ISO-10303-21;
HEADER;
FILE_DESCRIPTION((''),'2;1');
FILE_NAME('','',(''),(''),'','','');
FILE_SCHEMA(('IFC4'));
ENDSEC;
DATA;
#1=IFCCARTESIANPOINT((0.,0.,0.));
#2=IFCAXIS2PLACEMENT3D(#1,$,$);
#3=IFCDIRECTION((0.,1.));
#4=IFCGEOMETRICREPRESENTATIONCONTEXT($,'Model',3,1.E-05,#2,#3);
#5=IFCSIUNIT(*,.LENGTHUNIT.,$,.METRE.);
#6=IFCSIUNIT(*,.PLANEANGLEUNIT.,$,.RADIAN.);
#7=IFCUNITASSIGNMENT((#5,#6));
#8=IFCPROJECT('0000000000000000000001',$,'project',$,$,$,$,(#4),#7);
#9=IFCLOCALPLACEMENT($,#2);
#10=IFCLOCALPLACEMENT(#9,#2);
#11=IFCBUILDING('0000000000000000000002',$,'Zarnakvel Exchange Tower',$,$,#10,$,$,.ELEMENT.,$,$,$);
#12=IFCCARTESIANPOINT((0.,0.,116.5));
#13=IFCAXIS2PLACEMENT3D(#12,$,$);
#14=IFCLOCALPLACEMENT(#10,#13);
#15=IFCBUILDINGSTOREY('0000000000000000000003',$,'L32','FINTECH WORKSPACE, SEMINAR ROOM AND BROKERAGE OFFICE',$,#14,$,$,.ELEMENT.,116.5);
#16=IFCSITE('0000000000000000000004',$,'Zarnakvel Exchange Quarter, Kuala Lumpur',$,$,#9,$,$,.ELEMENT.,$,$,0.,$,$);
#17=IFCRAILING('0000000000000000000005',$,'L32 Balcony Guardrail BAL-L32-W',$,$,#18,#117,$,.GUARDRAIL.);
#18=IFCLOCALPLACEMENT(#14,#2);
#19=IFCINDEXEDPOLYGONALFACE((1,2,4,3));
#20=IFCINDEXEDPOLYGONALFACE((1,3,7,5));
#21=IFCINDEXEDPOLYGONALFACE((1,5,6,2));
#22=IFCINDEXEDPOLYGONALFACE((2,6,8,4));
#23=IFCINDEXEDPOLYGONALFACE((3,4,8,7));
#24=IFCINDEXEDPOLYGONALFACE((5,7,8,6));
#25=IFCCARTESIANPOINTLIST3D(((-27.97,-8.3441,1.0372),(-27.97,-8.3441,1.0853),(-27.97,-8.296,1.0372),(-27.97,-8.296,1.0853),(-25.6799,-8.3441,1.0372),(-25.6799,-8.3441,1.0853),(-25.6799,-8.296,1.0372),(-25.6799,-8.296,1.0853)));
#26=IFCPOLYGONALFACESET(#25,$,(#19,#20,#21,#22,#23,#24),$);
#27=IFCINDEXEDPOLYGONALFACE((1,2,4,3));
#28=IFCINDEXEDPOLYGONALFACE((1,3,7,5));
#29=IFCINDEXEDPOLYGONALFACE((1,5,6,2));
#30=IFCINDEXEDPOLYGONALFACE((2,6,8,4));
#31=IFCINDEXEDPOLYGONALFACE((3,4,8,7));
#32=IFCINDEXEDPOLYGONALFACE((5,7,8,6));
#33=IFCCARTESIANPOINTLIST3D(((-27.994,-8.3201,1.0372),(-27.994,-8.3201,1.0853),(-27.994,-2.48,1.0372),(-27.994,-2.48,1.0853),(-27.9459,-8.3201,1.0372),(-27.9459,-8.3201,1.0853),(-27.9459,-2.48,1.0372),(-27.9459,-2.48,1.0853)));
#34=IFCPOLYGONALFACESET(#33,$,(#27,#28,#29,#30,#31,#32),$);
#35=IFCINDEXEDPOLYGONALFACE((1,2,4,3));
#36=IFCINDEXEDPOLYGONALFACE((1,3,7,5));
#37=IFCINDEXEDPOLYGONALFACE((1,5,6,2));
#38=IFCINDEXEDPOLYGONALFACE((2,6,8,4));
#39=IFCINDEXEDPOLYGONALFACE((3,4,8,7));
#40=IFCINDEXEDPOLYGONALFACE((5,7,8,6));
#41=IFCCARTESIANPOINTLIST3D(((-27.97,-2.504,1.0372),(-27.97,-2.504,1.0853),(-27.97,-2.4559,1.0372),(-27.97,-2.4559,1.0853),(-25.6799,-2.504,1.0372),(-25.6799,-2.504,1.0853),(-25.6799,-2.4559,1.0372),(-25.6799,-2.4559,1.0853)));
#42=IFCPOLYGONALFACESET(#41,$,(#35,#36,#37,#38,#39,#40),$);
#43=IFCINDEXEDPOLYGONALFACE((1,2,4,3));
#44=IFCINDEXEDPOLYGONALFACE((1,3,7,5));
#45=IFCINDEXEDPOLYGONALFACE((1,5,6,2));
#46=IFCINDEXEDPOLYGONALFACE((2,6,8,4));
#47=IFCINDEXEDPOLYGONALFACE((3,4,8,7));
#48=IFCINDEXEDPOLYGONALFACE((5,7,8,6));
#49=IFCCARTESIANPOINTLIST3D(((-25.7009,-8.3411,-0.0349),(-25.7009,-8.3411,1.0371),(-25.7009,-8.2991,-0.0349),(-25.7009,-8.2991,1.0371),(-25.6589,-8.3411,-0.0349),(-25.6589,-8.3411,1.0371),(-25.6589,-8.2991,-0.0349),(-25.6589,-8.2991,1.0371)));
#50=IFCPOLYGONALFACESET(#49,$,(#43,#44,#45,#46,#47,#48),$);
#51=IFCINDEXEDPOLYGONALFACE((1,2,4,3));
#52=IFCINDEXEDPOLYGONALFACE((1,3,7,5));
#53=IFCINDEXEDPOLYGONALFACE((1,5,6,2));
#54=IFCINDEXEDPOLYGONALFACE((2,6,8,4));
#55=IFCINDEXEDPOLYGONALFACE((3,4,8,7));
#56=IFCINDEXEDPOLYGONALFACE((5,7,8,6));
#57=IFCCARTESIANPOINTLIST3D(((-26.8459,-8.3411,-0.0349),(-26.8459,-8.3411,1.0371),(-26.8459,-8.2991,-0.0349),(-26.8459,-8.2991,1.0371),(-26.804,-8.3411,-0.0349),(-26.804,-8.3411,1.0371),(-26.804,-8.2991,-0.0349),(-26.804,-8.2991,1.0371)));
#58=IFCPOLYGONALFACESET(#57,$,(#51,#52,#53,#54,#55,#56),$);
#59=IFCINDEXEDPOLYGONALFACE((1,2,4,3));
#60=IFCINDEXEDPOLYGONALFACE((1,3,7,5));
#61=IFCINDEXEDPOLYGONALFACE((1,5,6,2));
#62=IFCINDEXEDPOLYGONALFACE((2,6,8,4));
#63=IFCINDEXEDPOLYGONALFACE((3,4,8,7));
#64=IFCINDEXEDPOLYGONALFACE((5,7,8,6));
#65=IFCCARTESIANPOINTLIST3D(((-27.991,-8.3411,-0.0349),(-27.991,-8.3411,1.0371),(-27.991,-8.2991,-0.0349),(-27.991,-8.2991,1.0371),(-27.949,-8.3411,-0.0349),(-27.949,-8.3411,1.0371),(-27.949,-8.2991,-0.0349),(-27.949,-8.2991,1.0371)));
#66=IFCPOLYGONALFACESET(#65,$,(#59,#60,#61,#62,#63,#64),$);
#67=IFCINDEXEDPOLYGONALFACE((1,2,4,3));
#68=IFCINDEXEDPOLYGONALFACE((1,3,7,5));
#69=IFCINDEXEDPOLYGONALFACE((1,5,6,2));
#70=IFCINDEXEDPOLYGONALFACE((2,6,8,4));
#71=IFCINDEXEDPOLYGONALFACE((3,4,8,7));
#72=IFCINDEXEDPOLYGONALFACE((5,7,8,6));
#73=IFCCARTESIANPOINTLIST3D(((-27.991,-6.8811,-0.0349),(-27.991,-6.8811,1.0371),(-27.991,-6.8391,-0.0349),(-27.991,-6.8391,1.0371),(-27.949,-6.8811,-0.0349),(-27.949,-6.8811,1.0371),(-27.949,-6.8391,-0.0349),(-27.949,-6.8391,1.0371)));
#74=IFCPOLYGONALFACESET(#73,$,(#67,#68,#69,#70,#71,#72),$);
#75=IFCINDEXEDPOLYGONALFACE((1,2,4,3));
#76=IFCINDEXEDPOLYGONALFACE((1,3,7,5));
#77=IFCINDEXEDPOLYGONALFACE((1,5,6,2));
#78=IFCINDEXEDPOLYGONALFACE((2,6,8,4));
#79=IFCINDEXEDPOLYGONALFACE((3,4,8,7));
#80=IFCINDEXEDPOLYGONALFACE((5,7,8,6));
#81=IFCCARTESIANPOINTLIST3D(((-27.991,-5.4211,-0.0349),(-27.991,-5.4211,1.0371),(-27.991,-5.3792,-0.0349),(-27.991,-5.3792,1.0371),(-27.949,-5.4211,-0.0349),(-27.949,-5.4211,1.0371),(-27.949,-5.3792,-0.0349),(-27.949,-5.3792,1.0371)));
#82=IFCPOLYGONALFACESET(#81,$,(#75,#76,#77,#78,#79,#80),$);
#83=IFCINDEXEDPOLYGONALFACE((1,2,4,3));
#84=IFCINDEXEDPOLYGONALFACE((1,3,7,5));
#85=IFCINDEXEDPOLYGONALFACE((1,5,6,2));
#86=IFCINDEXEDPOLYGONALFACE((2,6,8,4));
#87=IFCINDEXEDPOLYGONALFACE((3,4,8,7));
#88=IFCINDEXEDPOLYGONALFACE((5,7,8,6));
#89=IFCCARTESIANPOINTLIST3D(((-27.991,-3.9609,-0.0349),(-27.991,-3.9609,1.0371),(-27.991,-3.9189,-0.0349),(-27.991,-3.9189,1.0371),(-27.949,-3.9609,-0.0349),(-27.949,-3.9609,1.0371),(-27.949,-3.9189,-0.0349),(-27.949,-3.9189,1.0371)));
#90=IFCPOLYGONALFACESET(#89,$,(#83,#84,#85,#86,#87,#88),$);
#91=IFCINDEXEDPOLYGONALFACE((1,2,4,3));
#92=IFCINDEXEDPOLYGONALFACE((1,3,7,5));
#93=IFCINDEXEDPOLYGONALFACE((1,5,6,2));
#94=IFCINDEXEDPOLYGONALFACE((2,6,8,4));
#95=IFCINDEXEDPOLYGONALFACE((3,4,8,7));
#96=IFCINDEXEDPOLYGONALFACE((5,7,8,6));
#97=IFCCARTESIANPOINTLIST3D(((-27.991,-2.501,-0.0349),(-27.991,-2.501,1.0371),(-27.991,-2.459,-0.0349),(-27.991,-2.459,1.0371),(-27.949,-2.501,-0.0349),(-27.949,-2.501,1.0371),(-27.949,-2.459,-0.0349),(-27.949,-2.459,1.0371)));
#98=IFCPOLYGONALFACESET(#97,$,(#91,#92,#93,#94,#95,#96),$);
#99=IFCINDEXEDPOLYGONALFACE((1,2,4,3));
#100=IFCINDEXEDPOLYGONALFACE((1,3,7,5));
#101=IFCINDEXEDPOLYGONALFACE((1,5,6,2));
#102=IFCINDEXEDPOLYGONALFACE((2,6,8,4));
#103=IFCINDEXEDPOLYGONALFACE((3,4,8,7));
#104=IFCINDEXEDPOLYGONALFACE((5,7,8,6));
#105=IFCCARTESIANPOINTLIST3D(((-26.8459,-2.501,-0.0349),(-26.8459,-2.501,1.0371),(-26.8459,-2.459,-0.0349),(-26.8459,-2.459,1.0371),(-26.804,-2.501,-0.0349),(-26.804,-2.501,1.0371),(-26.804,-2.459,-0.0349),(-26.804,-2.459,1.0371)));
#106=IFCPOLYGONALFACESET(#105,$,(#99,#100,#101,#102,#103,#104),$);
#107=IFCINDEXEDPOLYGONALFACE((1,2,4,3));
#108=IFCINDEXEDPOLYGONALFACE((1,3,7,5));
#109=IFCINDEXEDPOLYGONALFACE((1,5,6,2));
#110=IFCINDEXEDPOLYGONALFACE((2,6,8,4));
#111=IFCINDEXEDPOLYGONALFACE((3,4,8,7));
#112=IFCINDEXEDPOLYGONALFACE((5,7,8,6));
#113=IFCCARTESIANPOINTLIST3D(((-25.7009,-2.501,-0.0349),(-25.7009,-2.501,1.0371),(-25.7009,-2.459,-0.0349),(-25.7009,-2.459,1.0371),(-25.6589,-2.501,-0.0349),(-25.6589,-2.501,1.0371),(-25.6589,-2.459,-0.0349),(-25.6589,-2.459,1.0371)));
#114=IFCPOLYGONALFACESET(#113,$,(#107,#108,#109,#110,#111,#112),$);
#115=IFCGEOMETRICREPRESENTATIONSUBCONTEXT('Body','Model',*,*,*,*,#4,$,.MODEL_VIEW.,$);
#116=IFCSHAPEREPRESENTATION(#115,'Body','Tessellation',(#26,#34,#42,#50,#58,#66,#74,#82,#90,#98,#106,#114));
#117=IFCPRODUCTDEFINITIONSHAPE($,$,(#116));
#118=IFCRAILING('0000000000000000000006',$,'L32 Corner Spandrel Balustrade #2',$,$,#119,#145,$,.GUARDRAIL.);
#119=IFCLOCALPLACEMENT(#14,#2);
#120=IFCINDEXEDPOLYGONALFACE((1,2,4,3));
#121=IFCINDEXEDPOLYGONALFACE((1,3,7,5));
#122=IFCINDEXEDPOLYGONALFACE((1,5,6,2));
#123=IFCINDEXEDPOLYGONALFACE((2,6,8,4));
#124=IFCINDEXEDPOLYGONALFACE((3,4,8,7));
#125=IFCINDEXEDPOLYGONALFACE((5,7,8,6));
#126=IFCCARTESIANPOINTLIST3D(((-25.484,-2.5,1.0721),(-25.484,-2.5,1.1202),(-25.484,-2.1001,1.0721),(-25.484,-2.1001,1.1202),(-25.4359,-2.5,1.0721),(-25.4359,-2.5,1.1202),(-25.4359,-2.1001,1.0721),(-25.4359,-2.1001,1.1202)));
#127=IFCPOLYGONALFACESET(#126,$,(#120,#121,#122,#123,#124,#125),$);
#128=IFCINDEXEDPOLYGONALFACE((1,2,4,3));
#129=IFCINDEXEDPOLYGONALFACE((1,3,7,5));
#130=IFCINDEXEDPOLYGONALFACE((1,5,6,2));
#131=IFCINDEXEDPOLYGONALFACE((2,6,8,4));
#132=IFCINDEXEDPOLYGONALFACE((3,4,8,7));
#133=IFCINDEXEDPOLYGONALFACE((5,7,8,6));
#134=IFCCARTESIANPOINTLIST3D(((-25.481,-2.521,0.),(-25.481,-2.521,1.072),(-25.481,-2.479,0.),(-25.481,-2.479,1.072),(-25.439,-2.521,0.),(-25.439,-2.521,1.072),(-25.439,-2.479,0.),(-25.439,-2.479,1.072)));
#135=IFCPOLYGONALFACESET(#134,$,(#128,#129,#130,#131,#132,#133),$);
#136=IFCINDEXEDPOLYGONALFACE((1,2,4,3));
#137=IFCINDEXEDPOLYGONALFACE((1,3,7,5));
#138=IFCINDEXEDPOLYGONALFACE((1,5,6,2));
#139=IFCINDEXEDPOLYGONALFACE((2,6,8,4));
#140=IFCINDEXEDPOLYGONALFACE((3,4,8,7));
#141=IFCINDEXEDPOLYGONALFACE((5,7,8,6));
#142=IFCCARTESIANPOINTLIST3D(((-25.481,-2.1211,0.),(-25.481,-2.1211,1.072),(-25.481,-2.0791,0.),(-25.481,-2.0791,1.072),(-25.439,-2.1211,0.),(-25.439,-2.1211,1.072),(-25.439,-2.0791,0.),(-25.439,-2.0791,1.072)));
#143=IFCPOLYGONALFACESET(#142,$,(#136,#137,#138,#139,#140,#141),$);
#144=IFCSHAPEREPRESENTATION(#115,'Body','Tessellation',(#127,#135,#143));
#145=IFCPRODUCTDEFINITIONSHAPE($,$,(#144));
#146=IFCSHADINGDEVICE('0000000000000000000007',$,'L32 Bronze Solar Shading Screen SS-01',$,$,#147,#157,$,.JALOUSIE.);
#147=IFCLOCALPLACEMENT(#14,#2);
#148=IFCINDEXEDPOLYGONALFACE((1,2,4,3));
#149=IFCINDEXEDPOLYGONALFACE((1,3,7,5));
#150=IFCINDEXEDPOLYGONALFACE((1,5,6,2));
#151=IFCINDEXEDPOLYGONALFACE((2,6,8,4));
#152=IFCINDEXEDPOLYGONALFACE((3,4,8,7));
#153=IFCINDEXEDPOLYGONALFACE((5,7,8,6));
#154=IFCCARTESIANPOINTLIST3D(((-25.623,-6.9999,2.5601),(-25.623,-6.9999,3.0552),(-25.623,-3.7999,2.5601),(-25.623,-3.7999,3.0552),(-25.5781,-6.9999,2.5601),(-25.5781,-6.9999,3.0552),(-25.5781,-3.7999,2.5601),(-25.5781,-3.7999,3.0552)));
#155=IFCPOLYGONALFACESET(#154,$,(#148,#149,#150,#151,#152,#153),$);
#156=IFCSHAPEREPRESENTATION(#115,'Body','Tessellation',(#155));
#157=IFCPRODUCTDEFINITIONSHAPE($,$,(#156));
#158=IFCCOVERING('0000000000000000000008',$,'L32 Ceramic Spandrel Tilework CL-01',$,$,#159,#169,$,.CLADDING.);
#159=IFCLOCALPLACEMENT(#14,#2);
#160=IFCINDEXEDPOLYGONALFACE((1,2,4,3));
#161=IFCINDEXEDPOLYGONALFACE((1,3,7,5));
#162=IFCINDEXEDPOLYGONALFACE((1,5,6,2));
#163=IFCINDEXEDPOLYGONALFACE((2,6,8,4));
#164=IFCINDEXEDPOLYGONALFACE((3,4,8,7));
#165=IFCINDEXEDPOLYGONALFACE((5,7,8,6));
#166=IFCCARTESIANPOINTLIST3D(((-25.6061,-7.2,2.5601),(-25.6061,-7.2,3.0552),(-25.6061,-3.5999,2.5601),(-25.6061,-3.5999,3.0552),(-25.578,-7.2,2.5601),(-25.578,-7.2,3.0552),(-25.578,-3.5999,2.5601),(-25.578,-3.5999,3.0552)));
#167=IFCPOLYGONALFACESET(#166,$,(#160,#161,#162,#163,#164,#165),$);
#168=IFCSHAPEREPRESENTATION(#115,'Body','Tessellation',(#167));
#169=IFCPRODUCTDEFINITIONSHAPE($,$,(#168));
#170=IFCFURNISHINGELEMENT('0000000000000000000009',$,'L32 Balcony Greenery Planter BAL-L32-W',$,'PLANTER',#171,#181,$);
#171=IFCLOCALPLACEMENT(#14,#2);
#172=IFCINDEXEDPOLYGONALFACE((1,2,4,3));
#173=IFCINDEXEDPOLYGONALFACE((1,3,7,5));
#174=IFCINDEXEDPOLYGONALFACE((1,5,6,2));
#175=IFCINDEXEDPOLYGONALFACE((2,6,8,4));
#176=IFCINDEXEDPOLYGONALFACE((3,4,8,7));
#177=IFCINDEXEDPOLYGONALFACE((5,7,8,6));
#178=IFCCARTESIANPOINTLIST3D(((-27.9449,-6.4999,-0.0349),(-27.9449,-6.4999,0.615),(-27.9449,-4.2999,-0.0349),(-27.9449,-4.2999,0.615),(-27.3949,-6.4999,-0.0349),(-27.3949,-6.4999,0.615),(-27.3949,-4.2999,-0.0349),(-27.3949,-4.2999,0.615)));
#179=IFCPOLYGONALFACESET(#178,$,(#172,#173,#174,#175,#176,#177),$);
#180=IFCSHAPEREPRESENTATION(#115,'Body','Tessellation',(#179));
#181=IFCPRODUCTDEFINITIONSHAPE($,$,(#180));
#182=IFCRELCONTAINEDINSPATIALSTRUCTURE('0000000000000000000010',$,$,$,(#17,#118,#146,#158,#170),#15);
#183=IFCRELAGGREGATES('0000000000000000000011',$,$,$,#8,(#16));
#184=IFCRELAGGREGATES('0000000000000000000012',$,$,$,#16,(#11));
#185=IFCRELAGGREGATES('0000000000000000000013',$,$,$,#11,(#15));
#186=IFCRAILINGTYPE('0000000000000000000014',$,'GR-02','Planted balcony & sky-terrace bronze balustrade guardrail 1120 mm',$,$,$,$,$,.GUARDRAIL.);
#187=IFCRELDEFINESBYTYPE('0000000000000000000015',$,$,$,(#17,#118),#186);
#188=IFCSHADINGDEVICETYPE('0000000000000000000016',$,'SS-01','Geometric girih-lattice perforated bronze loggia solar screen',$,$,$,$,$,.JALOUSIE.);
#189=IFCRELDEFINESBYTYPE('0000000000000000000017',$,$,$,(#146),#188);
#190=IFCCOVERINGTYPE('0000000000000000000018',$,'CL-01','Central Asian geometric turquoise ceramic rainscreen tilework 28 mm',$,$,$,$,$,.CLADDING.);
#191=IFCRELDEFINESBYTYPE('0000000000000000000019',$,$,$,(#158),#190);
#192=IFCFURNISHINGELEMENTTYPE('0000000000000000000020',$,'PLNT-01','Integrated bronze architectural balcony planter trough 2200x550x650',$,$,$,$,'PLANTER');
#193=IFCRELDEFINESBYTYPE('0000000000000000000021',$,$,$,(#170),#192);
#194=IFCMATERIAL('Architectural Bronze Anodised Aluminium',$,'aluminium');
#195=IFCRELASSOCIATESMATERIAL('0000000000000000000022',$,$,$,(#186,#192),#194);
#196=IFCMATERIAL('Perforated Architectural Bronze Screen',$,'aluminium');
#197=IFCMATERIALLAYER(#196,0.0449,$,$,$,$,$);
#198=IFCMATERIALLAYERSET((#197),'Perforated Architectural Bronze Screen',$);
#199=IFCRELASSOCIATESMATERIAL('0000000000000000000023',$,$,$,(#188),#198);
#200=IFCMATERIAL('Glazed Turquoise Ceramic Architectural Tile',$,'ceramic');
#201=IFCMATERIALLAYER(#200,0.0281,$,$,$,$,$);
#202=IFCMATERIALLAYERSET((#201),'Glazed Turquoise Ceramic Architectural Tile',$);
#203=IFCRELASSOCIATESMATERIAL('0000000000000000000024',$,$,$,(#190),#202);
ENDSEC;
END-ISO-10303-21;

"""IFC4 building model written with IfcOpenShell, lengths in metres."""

from ifc_helpers import new_model, si_unit, direction, frame, origin, origin_2d, place, context, subcontext, project, spatial, rectangle, extrude, source, transform, mapped, material, layer, layer_set, type_object, element, save


model = new_model("IFC4")

# Units and contexts
model_context = context("Model", 3, precision=1e-05, world=origin(), true_north=direction((0.0, 1.0)))
body_context = subcontext(model_context, "Body", "Model", "MODEL_VIEW")
ifc_project = project(units=[si_unit("LENGTHUNIT", "METRE"), si_unit("PLANEANGLEUNIT", "RADIAN")], contexts=[model_context])

# Site, building, storey
site_placement = place(None, origin())
site = spatial("IfcSite", under=ifc_project, at=site_placement, Name="Zarnakvel Exchange Quarter, Kuala Lumpur", CompositionType="ELEMENT", RefElevation=0.0)
building_placement = place(site_placement, origin())
building = spatial("IfcBuilding", under=site, at=building_placement, Name="Zarnakvel Exchange Tower", CompositionType="ELEMENT")
storey_placement = place(building_placement, frame((0.0, 0.0, 116.5)))
storey = spatial("IfcBuildingStorey", under=building, at=storey_placement, Name="L32", Description="FINTECH WORKSPACE, SEMINAR ROOM AND BROKERAGE OFFICE", CompositionType="ELEMENT", Elevation=116.5)

# Shared definitions
ifc_material_1 = material(Name="Architectural Bronze Anodised Aluminium", Category="aluminium")

# Railings
railing_type = type_object("IfcRailingType", Name="GR-02", Description="Planted balcony & sky-terrace bronze balustrade guardrail 1120 mm", PredefinedType="GUARDRAIL", material=ifc_material_1)
railing_1_placement = place(storey_placement, frame((-25.6799, -8.3201, -0.0349)))
element("IfcRailing", 1, at=railing_1_placement, inside=storey, type_object=railing_type, Name="L32 Balcony Guardrail BAL-L32-W", PredefinedType="GUARDRAIL", context=body_context, shape_type="SweptSolid", body=[
    extrude(rectangle(XDim=0.0481, YDim=0.0481, at=origin_2d()), frame((0.0, 0.0, 1.0962), z_axis=(-1.0, 0.0, 0.0), x_axis=(0.0, -1.0, 0.0)), (0.0, 0.0, 1.0), 2.29),
    extrude(rectangle(XDim=0.0481, YDim=0.0481, at=origin_2d()), frame((-2.29, 0.0, 1.0962), z_axis=(0.0, 1.0, 0.0), x_axis=(-1.0, 0.0, 0.0)), (0.0, 0.0, 1.0), 5.8401),
    extrude(rectangle(XDim=0.0481, YDim=0.0481, at=origin_2d()), frame((-2.29, 5.8401, 1.0962), z_axis=(1.0, 0.0, 0.0), x_axis=(0.0, 1.0, 0.0)), (0.0, 0.0, 1.0), 2.29),
    extrude(rectangle(XDim=0.042, YDim=0.042, at=origin_2d()), origin(), (0.0, 0.0, 1.0), 1.072),
    extrude(rectangle(XDim=0.042, YDim=0.042, at=origin_2d()), frame((-1.145, 0.0, 0.0)), (0.0, 0.0, 1.0), 1.072),
    extrude(rectangle(XDim=0.042, YDim=0.042, at=origin_2d()), frame((-2.29, 0.0, 0.0)), (0.0, 0.0, 1.0), 1.072),
    extrude(rectangle(XDim=0.042, YDim=0.042, at=origin_2d()), frame((-2.29, 1.46, 0.0)), (0.0, 0.0, 1.0), 1.072),
    extrude(rectangle(XDim=0.042, YDim=0.042, at=origin_2d()), frame((-2.29, 2.9199, 0.0)), (0.0, 0.0, 1.0), 1.072),
    extrude(rectangle(XDim=0.042, YDim=0.042, at=origin_2d()), frame((-2.29, 4.3801, 0.0)), (0.0, 0.0, 1.0), 1.072),
    extrude(rectangle(XDim=0.042, YDim=0.042, at=origin_2d()), frame((-2.29, 5.8401, 0.0)), (0.0, 0.0, 1.0), 1.072),
    extrude(rectangle(XDim=0.042, YDim=0.042, at=origin_2d()), frame((-1.145, 5.8401, 0.0)), (0.0, 0.0, 1.0), 1.072),
    extrude(rectangle(XDim=0.042, YDim=0.042, at=origin_2d()), frame((0.0, 5.8401, 0.0)), (0.0, 0.0, 1.0), 1.072),
])
railing_2_placement = place(storey_placement, frame((-25.46, -2.5, 0.0)))
element("IfcRailing", 2, at=railing_2_placement, inside=storey, type_object=railing_type, Name="L32 Corner Spandrel Balustrade #2", PredefinedType="GUARDRAIL", context=body_context, shape_type="SweptSolid", body=[
    extrude(rectangle(XDim=0.0481, YDim=0.0481, at=origin_2d()), frame((0.0, 0.0, 1.0962), z_axis=(0.0, 1.0, 0.0), x_axis=(-1.0, 0.0, 0.0)), (0.0, 0.0, 1.0), 0.3999),
    extrude(rectangle(XDim=0.042, YDim=0.042, at=origin_2d()), origin(), (0.0, 0.0, 1.0), 1.072),
    extrude(rectangle(XDim=0.042, YDim=0.042, at=origin_2d()), frame((0.0, 0.3999, 0.0)), (0.0, 0.0, 1.0), 1.072),
])

# Shading device
ifc_material_2 = material(Name="Perforated Architectural Bronze Screen", Category="aluminium")
ifc_layer_1 = layer(ifc_material_2, 0.0449)
ifc_layer_set_1 = layer_set([ifc_layer_1], Name="Perforated Architectural Bronze Screen")
shading_device_type = type_object("IfcShadingDeviceType", Name="SS-01", Description="Geometric girih-lattice perforated bronze loggia solar screen", PredefinedType="JALOUSIE", material=ifc_layer_set_1)
shared_shape_1 = source(origin(), body_context, "Body", "SweptSolid", [
    extrude(rectangle(XDim=3.2, YDim=0.0449, at=origin_2d()), origin(), (0.0, 0.0, 1.0), 0.4951),
])
shading_device_placement = place(storey_placement, frame((-25.6006, -5.3999, 2.5601), z_axis=(0.0, 0.0, 1.0), x_axis=(0.0, 1.0, 0.0)))
element("IfcShadingDevice", 3, at=shading_device_placement, inside=storey, type_object=shading_device_type, Name="L32 Bronze Solar Shading Screen SS-01", PredefinedType="JALOUSIE", context=body_context, shape_type="MappedRepresentation", body=[
    mapped(shared_shape_1, transform((0.0, 0.0, 0.0), x_axis=(1.0, 0.0, 0.0), y_axis=(0.0, 1.0, 0.0), z_axis=(0.0, 0.0, 1.0), scale=1.0)),
])

# Covering
ifc_material_3 = material(Name="Glazed Turquoise Ceramic Architectural Tile", Category="ceramic")
ifc_layer_2 = layer(ifc_material_3, 0.0281)
ifc_layer_set_2 = layer_set([ifc_layer_2], Name="Glazed Turquoise Ceramic Architectural Tile")
covering_type = type_object("IfcCoveringType", Name="CL-01", Description="Central Asian geometric turquoise ceramic rainscreen tilework 28 mm", PredefinedType="CLADDING", material=ifc_layer_set_2)
shared_shape_2 = source(origin(), body_context, "Body", "SweptSolid", [
    extrude(rectangle(XDim=3.6001, YDim=0.0281, at=origin_2d()), origin(), (0.0, 0.0, 1.0), 0.4951),
])
covering_placement = place(storey_placement, frame((-25.592, -5.3999, 2.5601), z_axis=(0.0, 0.0, 1.0), x_axis=(0.0, 1.0, 0.0)))
element("IfcCovering", 4, at=covering_placement, inside=storey, type_object=covering_type, Name="L32 Ceramic Spandrel Tilework CL-01", PredefinedType="CLADDING", context=body_context, shape_type="MappedRepresentation", body=[
    mapped(shared_shape_2, transform((0.0, 0.0, 0.0), x_axis=(1.0, 0.0, 0.0), y_axis=(0.0, 1.0, 0.0), z_axis=(0.0, 0.0, 1.0), scale=1.0)),
])

# Furnishing element
furnishing_element_type = type_object("IfcFurnishingElementType", Name="PLNT-01", Description="Integrated bronze architectural balcony planter trough 2200x550x650", ElementType="PLANTER", material=ifc_material_1)
shared_shape_3 = source(origin(), body_context, "Body", "SweptSolid", [
    extrude(rectangle(XDim=2.2, YDim=0.55, at=origin_2d()), origin(), (0.0, 0.0, 1.0), 0.6499),
])
furnishing_placement = place(storey_placement, frame((-27.6699, -5.3999, -0.0349), z_axis=(0.0, 0.0, 1.0), x_axis=(0.0, 1.0, 0.0)))
element("IfcFurnishingElement", 5, at=furnishing_placement, inside=storey, type_object=furnishing_element_type, Name="L32 Balcony Greenery Planter BAL-L32-W", ObjectType="PLANTER", context=body_context, shape_type="MappedRepresentation", body=[
    mapped(shared_shape_3, transform((0.0, 0.0, 0.0), x_axis=(1.0, 0.0, 0.0), y_axis=(0.0, 1.0, 0.0), z_axis=(0.0, 0.0, 1.0), scale=1.0)),
])

save(model, "model.ifc")
